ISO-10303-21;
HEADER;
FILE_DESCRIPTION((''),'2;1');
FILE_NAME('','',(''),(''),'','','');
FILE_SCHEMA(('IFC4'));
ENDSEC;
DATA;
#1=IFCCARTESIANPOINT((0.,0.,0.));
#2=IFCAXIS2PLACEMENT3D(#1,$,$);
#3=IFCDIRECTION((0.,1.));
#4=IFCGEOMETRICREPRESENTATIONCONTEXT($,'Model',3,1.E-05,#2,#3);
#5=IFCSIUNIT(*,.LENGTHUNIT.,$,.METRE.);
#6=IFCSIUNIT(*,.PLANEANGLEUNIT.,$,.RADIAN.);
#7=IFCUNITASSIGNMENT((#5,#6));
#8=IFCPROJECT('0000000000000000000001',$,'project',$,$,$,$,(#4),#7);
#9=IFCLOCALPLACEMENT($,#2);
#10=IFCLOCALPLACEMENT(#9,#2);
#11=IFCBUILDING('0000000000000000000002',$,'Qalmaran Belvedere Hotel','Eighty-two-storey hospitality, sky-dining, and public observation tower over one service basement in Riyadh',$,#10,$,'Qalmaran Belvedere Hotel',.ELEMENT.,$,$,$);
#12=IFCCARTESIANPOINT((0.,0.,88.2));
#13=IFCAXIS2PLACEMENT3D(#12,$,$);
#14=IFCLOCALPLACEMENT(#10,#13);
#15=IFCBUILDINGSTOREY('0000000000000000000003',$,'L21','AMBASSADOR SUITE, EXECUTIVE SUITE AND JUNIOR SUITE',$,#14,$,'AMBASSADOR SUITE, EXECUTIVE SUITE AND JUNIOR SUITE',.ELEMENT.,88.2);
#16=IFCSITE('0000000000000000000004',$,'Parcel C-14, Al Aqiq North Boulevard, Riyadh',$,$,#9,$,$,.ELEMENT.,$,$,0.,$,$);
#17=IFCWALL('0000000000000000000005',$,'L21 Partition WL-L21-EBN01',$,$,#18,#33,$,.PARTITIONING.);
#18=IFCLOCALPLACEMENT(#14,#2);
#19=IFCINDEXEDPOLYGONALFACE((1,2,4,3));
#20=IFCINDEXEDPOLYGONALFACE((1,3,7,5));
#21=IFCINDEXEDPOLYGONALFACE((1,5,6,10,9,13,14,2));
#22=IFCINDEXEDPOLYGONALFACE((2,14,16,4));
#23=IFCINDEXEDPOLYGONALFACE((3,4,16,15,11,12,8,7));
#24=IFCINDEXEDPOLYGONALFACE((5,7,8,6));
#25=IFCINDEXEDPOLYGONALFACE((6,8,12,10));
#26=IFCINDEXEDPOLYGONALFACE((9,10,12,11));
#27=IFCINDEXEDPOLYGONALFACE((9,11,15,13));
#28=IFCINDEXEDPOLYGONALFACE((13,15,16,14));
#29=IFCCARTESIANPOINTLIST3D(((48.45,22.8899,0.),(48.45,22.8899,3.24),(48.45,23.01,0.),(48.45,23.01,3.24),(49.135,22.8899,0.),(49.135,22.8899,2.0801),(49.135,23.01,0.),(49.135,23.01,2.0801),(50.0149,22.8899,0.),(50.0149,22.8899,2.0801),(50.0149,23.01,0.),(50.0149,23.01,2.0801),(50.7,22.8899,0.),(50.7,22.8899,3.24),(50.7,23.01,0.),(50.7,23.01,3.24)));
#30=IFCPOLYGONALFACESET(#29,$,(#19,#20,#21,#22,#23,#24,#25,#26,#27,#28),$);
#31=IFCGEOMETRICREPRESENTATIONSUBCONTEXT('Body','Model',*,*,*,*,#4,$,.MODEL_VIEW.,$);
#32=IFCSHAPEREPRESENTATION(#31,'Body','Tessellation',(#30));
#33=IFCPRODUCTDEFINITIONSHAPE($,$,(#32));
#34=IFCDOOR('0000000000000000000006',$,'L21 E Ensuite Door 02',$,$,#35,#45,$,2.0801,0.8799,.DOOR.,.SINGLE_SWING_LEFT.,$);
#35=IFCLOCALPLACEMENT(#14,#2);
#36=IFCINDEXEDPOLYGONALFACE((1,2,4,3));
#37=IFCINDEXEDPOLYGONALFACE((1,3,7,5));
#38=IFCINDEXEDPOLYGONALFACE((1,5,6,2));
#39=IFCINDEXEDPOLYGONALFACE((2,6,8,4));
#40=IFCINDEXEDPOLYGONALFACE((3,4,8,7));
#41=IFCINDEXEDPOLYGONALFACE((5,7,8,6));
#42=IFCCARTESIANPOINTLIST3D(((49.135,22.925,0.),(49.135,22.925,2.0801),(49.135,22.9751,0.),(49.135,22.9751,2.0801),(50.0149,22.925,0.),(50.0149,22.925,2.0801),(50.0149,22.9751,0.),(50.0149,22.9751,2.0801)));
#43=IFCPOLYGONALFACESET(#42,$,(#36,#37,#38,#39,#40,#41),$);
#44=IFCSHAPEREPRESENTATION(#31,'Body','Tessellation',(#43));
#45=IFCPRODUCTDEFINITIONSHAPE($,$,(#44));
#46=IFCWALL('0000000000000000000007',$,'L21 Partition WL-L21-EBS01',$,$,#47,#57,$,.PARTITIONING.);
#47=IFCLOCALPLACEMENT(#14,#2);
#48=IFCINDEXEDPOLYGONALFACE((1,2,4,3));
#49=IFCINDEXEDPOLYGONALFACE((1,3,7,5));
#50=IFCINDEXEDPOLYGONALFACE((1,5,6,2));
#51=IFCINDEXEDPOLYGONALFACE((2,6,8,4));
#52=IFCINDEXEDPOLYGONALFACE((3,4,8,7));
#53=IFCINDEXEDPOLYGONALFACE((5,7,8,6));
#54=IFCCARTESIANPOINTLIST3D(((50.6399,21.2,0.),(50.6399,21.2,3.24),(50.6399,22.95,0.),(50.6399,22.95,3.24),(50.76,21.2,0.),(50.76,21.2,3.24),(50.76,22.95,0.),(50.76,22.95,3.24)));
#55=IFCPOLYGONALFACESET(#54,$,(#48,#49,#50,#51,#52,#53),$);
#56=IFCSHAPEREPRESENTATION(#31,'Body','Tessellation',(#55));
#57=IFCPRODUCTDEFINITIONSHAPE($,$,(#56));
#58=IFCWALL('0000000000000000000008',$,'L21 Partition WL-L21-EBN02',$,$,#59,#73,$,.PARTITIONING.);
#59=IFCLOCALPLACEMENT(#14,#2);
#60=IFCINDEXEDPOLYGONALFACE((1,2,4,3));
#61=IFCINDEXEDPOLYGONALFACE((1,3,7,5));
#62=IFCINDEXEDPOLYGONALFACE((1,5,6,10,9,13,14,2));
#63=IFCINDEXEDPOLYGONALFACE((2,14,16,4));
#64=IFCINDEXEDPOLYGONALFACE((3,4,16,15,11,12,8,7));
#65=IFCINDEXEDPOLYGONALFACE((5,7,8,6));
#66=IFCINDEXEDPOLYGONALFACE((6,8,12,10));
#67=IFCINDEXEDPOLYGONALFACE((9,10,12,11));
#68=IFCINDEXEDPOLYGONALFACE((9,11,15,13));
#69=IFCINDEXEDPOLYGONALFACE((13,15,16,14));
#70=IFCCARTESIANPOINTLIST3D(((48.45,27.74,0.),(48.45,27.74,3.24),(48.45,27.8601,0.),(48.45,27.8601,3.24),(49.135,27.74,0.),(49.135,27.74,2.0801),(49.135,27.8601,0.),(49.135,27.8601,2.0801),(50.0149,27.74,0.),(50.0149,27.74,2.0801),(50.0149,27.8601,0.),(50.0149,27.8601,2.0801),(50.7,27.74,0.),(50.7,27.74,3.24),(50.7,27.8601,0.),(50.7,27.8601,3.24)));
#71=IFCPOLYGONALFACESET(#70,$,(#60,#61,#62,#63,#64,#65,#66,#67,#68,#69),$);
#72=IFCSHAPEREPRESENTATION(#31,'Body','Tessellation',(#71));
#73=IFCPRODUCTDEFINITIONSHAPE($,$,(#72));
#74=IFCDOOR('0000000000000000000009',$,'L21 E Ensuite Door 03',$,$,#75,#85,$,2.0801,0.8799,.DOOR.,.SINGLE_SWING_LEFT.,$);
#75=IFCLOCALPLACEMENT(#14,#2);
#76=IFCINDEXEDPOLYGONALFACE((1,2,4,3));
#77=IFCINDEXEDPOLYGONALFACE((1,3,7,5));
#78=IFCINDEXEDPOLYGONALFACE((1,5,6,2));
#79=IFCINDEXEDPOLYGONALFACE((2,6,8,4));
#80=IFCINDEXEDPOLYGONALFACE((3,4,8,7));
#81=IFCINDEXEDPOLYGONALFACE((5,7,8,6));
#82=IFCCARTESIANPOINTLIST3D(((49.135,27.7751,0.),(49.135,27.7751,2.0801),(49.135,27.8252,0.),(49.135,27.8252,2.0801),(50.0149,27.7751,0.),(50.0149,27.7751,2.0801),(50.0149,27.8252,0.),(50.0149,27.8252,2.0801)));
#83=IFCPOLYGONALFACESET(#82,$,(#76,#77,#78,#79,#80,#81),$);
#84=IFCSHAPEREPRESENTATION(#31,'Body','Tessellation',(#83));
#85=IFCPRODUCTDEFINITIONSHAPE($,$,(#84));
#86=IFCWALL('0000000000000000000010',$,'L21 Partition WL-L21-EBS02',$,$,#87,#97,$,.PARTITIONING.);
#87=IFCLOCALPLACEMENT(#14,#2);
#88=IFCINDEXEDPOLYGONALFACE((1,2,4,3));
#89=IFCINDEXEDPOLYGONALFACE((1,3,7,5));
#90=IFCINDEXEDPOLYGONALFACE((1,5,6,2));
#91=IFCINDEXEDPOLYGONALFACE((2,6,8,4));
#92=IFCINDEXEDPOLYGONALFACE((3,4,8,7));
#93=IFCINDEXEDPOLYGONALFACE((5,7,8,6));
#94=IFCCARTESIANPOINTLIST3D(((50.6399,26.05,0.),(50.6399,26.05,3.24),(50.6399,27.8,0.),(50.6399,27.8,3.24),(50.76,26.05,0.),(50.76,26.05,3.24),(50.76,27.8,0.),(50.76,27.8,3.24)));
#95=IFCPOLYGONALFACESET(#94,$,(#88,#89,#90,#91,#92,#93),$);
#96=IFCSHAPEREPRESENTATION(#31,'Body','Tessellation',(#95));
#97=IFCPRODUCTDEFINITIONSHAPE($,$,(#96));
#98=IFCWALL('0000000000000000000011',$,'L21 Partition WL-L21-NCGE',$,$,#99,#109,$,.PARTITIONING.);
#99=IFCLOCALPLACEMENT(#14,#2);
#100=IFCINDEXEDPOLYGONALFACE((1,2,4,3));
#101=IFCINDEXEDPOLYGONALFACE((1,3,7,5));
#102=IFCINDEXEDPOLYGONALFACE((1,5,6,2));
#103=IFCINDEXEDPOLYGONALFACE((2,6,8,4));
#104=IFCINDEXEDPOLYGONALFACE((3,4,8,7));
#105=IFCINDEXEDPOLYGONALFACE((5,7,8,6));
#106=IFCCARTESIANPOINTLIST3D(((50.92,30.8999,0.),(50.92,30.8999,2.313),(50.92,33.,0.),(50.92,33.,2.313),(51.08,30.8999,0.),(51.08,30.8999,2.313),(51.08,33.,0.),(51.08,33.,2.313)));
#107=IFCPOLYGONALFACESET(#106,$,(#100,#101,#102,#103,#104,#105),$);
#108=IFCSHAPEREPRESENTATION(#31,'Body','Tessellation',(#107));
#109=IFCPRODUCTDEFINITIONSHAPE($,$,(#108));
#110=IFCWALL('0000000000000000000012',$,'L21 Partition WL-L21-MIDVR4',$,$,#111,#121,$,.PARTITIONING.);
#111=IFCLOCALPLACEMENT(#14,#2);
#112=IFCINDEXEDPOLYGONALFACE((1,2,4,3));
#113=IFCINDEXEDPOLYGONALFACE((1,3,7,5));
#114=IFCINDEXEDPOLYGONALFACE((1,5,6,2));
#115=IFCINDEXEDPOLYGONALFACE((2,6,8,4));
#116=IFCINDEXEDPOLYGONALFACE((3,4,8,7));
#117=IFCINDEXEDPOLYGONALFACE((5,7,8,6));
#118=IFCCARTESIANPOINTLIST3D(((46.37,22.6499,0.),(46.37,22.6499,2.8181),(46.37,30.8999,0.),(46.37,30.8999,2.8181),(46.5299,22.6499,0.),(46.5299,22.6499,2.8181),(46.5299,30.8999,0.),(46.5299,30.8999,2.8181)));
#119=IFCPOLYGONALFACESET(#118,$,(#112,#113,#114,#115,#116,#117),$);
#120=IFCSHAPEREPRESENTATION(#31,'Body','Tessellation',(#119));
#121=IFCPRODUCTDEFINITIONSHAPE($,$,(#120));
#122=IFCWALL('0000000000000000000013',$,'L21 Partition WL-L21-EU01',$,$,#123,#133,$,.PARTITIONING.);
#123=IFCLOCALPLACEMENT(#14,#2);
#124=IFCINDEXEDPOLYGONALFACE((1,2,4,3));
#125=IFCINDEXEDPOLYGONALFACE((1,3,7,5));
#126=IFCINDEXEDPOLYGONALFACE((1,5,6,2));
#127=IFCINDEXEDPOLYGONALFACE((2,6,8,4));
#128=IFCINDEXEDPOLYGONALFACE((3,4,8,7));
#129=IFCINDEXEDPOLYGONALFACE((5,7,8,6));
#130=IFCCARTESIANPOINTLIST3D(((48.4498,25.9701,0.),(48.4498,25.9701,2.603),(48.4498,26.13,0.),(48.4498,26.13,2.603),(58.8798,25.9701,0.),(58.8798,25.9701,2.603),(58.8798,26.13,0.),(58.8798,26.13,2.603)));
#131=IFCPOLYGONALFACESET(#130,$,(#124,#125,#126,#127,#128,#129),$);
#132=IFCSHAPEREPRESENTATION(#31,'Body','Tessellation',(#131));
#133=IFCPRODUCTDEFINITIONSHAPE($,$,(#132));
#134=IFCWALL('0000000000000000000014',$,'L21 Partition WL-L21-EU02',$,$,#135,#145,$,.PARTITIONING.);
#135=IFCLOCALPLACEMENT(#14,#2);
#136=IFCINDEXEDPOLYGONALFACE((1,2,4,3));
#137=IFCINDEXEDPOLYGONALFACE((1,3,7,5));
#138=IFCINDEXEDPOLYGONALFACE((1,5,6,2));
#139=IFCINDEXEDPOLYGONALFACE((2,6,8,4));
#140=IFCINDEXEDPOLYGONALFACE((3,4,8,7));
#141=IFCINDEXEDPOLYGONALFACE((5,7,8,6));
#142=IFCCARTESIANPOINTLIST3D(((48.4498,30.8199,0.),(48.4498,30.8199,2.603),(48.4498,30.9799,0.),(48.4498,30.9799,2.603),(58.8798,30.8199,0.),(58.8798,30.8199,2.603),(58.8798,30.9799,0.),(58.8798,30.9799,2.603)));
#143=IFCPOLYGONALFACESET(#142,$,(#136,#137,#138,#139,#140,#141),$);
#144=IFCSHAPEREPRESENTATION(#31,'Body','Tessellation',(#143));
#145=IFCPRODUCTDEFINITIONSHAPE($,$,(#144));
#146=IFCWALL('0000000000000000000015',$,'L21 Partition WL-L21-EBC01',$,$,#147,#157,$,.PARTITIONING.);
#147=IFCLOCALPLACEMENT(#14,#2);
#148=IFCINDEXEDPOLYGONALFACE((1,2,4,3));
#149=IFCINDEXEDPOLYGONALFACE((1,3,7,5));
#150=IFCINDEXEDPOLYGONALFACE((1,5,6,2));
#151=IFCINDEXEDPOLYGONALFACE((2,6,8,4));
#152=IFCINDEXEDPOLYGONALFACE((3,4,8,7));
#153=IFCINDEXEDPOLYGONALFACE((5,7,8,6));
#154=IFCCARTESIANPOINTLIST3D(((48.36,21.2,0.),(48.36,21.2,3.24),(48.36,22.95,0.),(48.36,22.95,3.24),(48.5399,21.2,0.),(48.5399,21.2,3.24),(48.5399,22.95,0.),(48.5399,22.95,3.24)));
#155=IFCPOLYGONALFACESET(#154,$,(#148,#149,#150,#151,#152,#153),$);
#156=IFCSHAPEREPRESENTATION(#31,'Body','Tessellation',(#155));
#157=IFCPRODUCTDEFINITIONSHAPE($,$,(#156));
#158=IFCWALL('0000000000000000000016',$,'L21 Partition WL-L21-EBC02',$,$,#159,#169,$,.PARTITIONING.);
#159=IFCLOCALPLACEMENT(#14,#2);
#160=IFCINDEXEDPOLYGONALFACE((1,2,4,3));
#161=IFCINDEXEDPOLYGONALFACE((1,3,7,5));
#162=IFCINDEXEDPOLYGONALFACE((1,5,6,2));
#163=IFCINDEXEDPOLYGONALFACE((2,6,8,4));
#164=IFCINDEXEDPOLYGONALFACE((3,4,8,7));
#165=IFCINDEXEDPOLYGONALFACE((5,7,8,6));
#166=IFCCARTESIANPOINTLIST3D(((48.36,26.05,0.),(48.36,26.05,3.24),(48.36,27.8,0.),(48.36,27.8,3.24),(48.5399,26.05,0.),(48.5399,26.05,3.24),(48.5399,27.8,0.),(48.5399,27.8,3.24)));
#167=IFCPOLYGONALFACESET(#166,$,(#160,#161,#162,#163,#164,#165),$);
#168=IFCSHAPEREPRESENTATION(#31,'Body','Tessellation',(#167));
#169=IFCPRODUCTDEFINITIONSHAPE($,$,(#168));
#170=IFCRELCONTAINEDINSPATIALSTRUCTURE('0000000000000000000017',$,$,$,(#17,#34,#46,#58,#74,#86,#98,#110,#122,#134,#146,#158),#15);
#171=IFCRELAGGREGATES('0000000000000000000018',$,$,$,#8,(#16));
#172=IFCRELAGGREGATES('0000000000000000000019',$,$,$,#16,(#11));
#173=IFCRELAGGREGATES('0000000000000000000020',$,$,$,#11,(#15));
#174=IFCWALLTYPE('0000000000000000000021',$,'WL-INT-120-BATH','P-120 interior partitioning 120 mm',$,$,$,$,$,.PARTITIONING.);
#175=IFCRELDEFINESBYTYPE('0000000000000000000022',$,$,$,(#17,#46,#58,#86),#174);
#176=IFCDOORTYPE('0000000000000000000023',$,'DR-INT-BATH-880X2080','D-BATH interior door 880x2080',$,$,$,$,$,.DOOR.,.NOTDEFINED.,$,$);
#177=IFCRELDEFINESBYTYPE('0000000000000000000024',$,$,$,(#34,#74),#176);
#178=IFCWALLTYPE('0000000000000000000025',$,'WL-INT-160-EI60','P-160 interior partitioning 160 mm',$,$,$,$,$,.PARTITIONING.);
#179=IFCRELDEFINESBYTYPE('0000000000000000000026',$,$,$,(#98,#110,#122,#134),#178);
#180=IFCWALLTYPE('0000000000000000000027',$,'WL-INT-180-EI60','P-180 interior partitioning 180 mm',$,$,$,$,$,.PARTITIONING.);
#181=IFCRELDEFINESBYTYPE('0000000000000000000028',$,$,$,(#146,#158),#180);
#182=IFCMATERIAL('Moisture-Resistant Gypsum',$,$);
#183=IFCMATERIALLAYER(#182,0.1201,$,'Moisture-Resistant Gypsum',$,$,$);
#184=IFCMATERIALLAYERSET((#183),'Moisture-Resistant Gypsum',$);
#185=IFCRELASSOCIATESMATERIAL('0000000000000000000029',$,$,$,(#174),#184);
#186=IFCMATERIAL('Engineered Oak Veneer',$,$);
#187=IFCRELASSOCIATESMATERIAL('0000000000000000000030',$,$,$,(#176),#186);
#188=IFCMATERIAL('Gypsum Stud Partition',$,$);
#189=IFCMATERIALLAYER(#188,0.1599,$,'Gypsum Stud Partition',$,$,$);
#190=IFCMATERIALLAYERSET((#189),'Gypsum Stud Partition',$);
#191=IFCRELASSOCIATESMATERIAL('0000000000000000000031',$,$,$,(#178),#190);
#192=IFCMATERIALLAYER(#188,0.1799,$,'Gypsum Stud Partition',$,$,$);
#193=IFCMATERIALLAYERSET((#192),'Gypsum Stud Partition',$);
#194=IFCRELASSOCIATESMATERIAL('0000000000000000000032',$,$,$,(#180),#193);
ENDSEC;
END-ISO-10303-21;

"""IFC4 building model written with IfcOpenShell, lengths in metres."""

from ifc_helpers import new_model, si_unit, direction, frame, frame_2d, origin, place, context, subcontext, project, spatial, rectangle, extrude, material, layer, layer_set, type_object, element, fill, save


model = new_model("IFC4")

# Units and contexts
model_context = context("Model", 3, precision=1e-05, world=origin(), true_north=direction((0.0, 1.0)))
body_context = subcontext(model_context, "Body", "Model", "MODEL_VIEW")
ifc_project = project(units=[si_unit("LENGTHUNIT", "METRE"), si_unit("PLANEANGLEUNIT", "RADIAN")], contexts=[model_context])

# Site, building, storey
site_placement = place(None, origin())
site = spatial("IfcSite", under=ifc_project, at=site_placement, Name="Parcel C-14, Al Aqiq North Boulevard, Riyadh", CompositionType="ELEMENT", RefElevation=0.0)
building_placement = place(site_placement, origin())
building = spatial("IfcBuilding", under=site, at=building_placement, Name="Qalmaran Belvedere Hotel", Description="Eighty-two-storey hospitality, sky-dining, and public observation tower over one service basement in Riyadh", LongName="Qalmaran Belvedere Hotel", CompositionType="ELEMENT")
storey_placement = place(building_placement, frame((0.0, 0.0, 88.2)))
storey = spatial("IfcBuildingStorey", under=building, at=storey_placement, Name="L21", Description="AMBASSADOR SUITE, EXECUTIVE SUITE AND JUNIOR SUITE", LongName="AMBASSADOR SUITE, EXECUTIVE SUITE AND JUNIOR SUITE", CompositionType="ELEMENT", Elevation=88.2)

# Wall, opening, door
ifc_material_1 = material(Name="Moisture-Resistant Gypsum")
ifc_layer_1 = layer(ifc_material_1, 0.1201, Name="Moisture-Resistant Gypsum")
ifc_layer_set_1 = layer_set([ifc_layer_1], Name="Moisture-Resistant Gypsum")
wall_type_1 = type_object("IfcWallType", Name="WL-INT-120-BATH", Description="P-120 interior partitioning 120 mm", PredefinedType="PARTITIONING", material=ifc_layer_set_1)
wall_1_placement = place(storey_placement, frame((48.45, 22.95, 0.0), z_axis=(0.0, 0.0, 1.0), x_axis=(1.0, 0.0, 0.0)))
wall_1 = element("IfcWall", 1, at=wall_1_placement, inside=storey, type_object=wall_type_1, Name="L21 Partition WL-L21-EBN01", PredefinedType="PARTITIONING", context=body_context, shape_type="SweptSolid", body=[
    extrude(rectangle(XDim=2.25, YDim=0.1201, at=frame_2d((1.125, 0.0))), origin(), (0.0, 0.0, 1.0), 3.24),
])
opening_1_placement = place(wall_1_placement, frame((1.5649, 0.0, 0.0), z_axis=(0.0, 0.0, 1.0), x_axis=(-1.0, 0.0, 0.0)))
opening_1 = element("IfcOpeningElement", 2, at=opening_1_placement, cuts=wall_1, PredefinedType="OPENING", context=body_context, shape_type="SweptSolid", body=[
    extrude(rectangle(XDim=0.8799, YDim=2.0801, at=frame_2d((0.4399, 1.04))), frame((0.0, 0.0701, 0.0), z_axis=(0.0, -1.0, 0.0), x_axis=(1.0, 0.0, 0.0)), (0.0, 0.0, 1.0), 0.1401),
])
ifc_material_2 = material(Name="Engineered Oak Veneer")
door_type_1 = type_object("IfcDoorType", Name="DR-INT-BATH-880X2080", Description="D-BATH interior door 880x2080", OperationType="NOTDEFINED", PredefinedType="DOOR", material=ifc_material_2)
door_1_placement = place(opening_1_placement, origin())
door_1 = element("IfcDoor", 3, at=door_1_placement, inside=storey, type_object=door_type_1, Name="L21 E Ensuite Door 02", OperationType="SINGLE_SWING_LEFT", OverallHeight=2.0801, OverallWidth=0.8799, PredefinedType="DOOR", context=body_context, shape_type="SweptSolid", body=[
    extrude(rectangle(XDim=0.8799, YDim=2.0801, at=frame_2d((0.4399, 1.04))), frame((0.0, 0.0249, 0.0), z_axis=(0.0, -1.0, 0.0), x_axis=(1.0, 0.0, 0.0)), (0.0, 0.0, 1.0), 0.05),
])
fill(opening_1, door_1)

# Wall
wall_2_placement = place(storey_placement, frame((50.7, 21.2, 0.0), z_axis=(0.0, 0.0, 1.0), x_axis=(0.0, 1.0, 0.0)))
element("IfcWall", 4, at=wall_2_placement, inside=storey, type_object=wall_type_1, Name="L21 Partition WL-L21-EBS01", PredefinedType="PARTITIONING", context=body_context, shape_type="SweptSolid", body=[
    extrude(rectangle(XDim=1.75, YDim=0.1201, at=frame_2d((0.875, 0.0))), origin(), (0.0, 0.0, 1.0), 3.24),
])

# Wall, opening, door
wall_3_placement = place(storey_placement, frame((48.45, 27.8, 0.0), z_axis=(0.0, 0.0, 1.0), x_axis=(1.0, 0.0, 0.0)))
wall_3 = element("IfcWall", 5, at=wall_3_placement, inside=storey, type_object=wall_type_1, Name="L21 Partition WL-L21-EBN02", PredefinedType="PARTITIONING", context=body_context, shape_type="SweptSolid", body=[
    extrude(rectangle(XDim=2.25, YDim=0.1201, at=frame_2d((1.125, 0.0))), origin(), (0.0, 0.0, 1.0), 3.24),
])
opening_2_placement = place(wall_3_placement, frame((1.5649, 0.0, 0.0), z_axis=(0.0, 0.0, 1.0), x_axis=(-1.0, 0.0, 0.0)))
opening_2 = element("IfcOpeningElement", 6, at=opening_2_placement, cuts=wall_3, PredefinedType="OPENING", context=body_context, shape_type="SweptSolid", body=[
    extrude(rectangle(XDim=0.8799, YDim=2.0801, at=frame_2d((0.4399, 1.04))), frame((0.0, 0.0701, 0.0), z_axis=(0.0, -1.0, 0.0), x_axis=(1.0, 0.0, 0.0)), (0.0, 0.0, 1.0), 0.1401),
])
door_2_placement = place(opening_2_placement, origin())
door_2 = element("IfcDoor", 7, at=door_2_placement, inside=storey, type_object=door_type_1, Name="L21 E Ensuite Door 03", OperationType="SINGLE_SWING_LEFT", OverallHeight=2.0801, OverallWidth=0.8799, PredefinedType="DOOR", context=body_context, shape_type="SweptSolid", body=[
    extrude(rectangle(XDim=0.8799, YDim=2.0801, at=frame_2d((0.4399, 1.04))), frame((0.0, 0.0249, 0.0), z_axis=(0.0, -1.0, 0.0), x_axis=(1.0, 0.0, 0.0)), (0.0, 0.0, 1.0), 0.05),
])
fill(opening_2, door_2)

# Wall
wall_4_placement = place(storey_placement, frame((50.7, 26.05, 0.0), z_axis=(0.0, 0.0, 1.0), x_axis=(0.0, 1.0, 0.0)))
element("IfcWall", 8, at=wall_4_placement, inside=storey, type_object=wall_type_1, Name="L21 Partition WL-L21-EBS02", PredefinedType="PARTITIONING", context=body_context, shape_type="SweptSolid", body=[
    extrude(rectangle(XDim=1.75, YDim=0.1201, at=frame_2d((0.875, 0.0))), origin(), (0.0, 0.0, 1.0), 3.24),
])

# Shared definitions
ifc_material_3 = material(Name="Gypsum Stud Partition")

# Walls
ifc_layer_2 = layer(ifc_material_3, 0.1599, Name="Gypsum Stud Partition")
ifc_layer_set_2 = layer_set([ifc_layer_2], Name="Gypsum Stud Partition")
wall_type_2 = type_object("IfcWallType", Name="WL-INT-160-EI60", Description="P-160 interior partitioning 160 mm", PredefinedType="PARTITIONING", material=ifc_layer_set_2)
wall_5_placement = place(storey_placement, frame((51.0, 30.8999, 0.0), z_axis=(0.0, 0.0, 1.0), x_axis=(0.0, 1.0, 0.0)))
element("IfcWall", 9, at=wall_5_placement, inside=storey, type_object=wall_type_2, Name="L21 Partition WL-L21-NCGE", PredefinedType="PARTITIONING", context=body_context, shape_type="SweptSolid", body=[
    extrude(rectangle(XDim=2.1001, YDim=0.1599, at=frame_2d((1.05, 0.0))), origin(), (0.0, 0.0, 1.0), 2.313),
])
wall_6_placement = place(storey_placement, frame((46.45, 22.6499, 0.0), z_axis=(0.0, 0.0, 1.0), x_axis=(0.0, 1.0, 0.0)))
element("IfcWall", 10, at=wall_6_placement, inside=storey, type_object=wall_type_2, Name="L21 Partition WL-L21-MIDVR4", PredefinedType="PARTITIONING", context=body_context, shape_type="SweptSolid", body=[
    extrude(rectangle(XDim=8.25, YDim=0.1599, at=frame_2d((4.125, 0.0))), origin(), (0.0, 0.0, 1.0), 2.8181),
])
for number, where, z_axis, x_axis, name in (
    (11, (48.45, 26.05, 0.0), (0.0, 0.0, 1.0), (1.0, 0.0, 0.0), "L21 Partition WL-L21-EU01"),
    (12, (48.45, 30.8999, 0.0), (0.0, 0.0, 1.0), (1.0, 0.0, 0.0), "L21 Partition WL-L21-EU02"),
):
    element("IfcWall", number, at=place(storey_placement, frame(where, z_axis=z_axis, x_axis=x_axis)), inside=storey, type_object=wall_type_2, Name=name, PredefinedType="PARTITIONING", context=body_context, shape_type="SweptSolid", body=[
        extrude(rectangle(XDim=10.4299, YDim=0.1599, at=frame_2d((5.2148, 0.0))), origin(), (0.0, 0.0, 1.0), 2.603),
    ])
ifc_layer_3 = layer(ifc_material_3, 0.1799, Name="Gypsum Stud Partition")
ifc_layer_set_3 = layer_set([ifc_layer_3], Name="Gypsum Stud Partition")
wall_type_3 = type_object("IfcWallType", Name="WL-INT-180-EI60", Description="P-180 interior partitioning 180 mm", PredefinedType="PARTITIONING", material=ifc_layer_set_3)
wall_7_placement = place(storey_placement, frame((48.45, 21.2, 0.0), z_axis=(0.0, 0.0, 1.0), x_axis=(0.0, 1.0, 0.0)))
element("IfcWall", 13, at=wall_7_placement, inside=storey, type_object=wall_type_3, Name="L21 Partition WL-L21-EBC01", PredefinedType="PARTITIONING", context=body_context, shape_type="SweptSolid", body=[
    extrude(rectangle(XDim=1.75, YDim=0.1799, at=frame_2d((0.875, 0.0))), origin(), (0.0, 0.0, 1.0), 3.24),
])

# Wall
wall_8_placement = place(storey_placement, frame((48.45, 26.05, 0.0), z_axis=(0.0, 0.0, 1.0), x_axis=(0.0, 1.0, 0.0)))
element("IfcWall", 14, at=wall_8_placement, inside=storey, type_object=wall_type_3, Name="L21 Partition WL-L21-EBC02", PredefinedType="PARTITIONING", context=body_context, shape_type="SweptSolid", body=[
    extrude(rectangle(XDim=1.75, YDim=0.1799, at=frame_2d((0.875, 0.0))), origin(), (0.0, 0.0, 1.0), 3.24),
])

save(model, "model.ifc")
